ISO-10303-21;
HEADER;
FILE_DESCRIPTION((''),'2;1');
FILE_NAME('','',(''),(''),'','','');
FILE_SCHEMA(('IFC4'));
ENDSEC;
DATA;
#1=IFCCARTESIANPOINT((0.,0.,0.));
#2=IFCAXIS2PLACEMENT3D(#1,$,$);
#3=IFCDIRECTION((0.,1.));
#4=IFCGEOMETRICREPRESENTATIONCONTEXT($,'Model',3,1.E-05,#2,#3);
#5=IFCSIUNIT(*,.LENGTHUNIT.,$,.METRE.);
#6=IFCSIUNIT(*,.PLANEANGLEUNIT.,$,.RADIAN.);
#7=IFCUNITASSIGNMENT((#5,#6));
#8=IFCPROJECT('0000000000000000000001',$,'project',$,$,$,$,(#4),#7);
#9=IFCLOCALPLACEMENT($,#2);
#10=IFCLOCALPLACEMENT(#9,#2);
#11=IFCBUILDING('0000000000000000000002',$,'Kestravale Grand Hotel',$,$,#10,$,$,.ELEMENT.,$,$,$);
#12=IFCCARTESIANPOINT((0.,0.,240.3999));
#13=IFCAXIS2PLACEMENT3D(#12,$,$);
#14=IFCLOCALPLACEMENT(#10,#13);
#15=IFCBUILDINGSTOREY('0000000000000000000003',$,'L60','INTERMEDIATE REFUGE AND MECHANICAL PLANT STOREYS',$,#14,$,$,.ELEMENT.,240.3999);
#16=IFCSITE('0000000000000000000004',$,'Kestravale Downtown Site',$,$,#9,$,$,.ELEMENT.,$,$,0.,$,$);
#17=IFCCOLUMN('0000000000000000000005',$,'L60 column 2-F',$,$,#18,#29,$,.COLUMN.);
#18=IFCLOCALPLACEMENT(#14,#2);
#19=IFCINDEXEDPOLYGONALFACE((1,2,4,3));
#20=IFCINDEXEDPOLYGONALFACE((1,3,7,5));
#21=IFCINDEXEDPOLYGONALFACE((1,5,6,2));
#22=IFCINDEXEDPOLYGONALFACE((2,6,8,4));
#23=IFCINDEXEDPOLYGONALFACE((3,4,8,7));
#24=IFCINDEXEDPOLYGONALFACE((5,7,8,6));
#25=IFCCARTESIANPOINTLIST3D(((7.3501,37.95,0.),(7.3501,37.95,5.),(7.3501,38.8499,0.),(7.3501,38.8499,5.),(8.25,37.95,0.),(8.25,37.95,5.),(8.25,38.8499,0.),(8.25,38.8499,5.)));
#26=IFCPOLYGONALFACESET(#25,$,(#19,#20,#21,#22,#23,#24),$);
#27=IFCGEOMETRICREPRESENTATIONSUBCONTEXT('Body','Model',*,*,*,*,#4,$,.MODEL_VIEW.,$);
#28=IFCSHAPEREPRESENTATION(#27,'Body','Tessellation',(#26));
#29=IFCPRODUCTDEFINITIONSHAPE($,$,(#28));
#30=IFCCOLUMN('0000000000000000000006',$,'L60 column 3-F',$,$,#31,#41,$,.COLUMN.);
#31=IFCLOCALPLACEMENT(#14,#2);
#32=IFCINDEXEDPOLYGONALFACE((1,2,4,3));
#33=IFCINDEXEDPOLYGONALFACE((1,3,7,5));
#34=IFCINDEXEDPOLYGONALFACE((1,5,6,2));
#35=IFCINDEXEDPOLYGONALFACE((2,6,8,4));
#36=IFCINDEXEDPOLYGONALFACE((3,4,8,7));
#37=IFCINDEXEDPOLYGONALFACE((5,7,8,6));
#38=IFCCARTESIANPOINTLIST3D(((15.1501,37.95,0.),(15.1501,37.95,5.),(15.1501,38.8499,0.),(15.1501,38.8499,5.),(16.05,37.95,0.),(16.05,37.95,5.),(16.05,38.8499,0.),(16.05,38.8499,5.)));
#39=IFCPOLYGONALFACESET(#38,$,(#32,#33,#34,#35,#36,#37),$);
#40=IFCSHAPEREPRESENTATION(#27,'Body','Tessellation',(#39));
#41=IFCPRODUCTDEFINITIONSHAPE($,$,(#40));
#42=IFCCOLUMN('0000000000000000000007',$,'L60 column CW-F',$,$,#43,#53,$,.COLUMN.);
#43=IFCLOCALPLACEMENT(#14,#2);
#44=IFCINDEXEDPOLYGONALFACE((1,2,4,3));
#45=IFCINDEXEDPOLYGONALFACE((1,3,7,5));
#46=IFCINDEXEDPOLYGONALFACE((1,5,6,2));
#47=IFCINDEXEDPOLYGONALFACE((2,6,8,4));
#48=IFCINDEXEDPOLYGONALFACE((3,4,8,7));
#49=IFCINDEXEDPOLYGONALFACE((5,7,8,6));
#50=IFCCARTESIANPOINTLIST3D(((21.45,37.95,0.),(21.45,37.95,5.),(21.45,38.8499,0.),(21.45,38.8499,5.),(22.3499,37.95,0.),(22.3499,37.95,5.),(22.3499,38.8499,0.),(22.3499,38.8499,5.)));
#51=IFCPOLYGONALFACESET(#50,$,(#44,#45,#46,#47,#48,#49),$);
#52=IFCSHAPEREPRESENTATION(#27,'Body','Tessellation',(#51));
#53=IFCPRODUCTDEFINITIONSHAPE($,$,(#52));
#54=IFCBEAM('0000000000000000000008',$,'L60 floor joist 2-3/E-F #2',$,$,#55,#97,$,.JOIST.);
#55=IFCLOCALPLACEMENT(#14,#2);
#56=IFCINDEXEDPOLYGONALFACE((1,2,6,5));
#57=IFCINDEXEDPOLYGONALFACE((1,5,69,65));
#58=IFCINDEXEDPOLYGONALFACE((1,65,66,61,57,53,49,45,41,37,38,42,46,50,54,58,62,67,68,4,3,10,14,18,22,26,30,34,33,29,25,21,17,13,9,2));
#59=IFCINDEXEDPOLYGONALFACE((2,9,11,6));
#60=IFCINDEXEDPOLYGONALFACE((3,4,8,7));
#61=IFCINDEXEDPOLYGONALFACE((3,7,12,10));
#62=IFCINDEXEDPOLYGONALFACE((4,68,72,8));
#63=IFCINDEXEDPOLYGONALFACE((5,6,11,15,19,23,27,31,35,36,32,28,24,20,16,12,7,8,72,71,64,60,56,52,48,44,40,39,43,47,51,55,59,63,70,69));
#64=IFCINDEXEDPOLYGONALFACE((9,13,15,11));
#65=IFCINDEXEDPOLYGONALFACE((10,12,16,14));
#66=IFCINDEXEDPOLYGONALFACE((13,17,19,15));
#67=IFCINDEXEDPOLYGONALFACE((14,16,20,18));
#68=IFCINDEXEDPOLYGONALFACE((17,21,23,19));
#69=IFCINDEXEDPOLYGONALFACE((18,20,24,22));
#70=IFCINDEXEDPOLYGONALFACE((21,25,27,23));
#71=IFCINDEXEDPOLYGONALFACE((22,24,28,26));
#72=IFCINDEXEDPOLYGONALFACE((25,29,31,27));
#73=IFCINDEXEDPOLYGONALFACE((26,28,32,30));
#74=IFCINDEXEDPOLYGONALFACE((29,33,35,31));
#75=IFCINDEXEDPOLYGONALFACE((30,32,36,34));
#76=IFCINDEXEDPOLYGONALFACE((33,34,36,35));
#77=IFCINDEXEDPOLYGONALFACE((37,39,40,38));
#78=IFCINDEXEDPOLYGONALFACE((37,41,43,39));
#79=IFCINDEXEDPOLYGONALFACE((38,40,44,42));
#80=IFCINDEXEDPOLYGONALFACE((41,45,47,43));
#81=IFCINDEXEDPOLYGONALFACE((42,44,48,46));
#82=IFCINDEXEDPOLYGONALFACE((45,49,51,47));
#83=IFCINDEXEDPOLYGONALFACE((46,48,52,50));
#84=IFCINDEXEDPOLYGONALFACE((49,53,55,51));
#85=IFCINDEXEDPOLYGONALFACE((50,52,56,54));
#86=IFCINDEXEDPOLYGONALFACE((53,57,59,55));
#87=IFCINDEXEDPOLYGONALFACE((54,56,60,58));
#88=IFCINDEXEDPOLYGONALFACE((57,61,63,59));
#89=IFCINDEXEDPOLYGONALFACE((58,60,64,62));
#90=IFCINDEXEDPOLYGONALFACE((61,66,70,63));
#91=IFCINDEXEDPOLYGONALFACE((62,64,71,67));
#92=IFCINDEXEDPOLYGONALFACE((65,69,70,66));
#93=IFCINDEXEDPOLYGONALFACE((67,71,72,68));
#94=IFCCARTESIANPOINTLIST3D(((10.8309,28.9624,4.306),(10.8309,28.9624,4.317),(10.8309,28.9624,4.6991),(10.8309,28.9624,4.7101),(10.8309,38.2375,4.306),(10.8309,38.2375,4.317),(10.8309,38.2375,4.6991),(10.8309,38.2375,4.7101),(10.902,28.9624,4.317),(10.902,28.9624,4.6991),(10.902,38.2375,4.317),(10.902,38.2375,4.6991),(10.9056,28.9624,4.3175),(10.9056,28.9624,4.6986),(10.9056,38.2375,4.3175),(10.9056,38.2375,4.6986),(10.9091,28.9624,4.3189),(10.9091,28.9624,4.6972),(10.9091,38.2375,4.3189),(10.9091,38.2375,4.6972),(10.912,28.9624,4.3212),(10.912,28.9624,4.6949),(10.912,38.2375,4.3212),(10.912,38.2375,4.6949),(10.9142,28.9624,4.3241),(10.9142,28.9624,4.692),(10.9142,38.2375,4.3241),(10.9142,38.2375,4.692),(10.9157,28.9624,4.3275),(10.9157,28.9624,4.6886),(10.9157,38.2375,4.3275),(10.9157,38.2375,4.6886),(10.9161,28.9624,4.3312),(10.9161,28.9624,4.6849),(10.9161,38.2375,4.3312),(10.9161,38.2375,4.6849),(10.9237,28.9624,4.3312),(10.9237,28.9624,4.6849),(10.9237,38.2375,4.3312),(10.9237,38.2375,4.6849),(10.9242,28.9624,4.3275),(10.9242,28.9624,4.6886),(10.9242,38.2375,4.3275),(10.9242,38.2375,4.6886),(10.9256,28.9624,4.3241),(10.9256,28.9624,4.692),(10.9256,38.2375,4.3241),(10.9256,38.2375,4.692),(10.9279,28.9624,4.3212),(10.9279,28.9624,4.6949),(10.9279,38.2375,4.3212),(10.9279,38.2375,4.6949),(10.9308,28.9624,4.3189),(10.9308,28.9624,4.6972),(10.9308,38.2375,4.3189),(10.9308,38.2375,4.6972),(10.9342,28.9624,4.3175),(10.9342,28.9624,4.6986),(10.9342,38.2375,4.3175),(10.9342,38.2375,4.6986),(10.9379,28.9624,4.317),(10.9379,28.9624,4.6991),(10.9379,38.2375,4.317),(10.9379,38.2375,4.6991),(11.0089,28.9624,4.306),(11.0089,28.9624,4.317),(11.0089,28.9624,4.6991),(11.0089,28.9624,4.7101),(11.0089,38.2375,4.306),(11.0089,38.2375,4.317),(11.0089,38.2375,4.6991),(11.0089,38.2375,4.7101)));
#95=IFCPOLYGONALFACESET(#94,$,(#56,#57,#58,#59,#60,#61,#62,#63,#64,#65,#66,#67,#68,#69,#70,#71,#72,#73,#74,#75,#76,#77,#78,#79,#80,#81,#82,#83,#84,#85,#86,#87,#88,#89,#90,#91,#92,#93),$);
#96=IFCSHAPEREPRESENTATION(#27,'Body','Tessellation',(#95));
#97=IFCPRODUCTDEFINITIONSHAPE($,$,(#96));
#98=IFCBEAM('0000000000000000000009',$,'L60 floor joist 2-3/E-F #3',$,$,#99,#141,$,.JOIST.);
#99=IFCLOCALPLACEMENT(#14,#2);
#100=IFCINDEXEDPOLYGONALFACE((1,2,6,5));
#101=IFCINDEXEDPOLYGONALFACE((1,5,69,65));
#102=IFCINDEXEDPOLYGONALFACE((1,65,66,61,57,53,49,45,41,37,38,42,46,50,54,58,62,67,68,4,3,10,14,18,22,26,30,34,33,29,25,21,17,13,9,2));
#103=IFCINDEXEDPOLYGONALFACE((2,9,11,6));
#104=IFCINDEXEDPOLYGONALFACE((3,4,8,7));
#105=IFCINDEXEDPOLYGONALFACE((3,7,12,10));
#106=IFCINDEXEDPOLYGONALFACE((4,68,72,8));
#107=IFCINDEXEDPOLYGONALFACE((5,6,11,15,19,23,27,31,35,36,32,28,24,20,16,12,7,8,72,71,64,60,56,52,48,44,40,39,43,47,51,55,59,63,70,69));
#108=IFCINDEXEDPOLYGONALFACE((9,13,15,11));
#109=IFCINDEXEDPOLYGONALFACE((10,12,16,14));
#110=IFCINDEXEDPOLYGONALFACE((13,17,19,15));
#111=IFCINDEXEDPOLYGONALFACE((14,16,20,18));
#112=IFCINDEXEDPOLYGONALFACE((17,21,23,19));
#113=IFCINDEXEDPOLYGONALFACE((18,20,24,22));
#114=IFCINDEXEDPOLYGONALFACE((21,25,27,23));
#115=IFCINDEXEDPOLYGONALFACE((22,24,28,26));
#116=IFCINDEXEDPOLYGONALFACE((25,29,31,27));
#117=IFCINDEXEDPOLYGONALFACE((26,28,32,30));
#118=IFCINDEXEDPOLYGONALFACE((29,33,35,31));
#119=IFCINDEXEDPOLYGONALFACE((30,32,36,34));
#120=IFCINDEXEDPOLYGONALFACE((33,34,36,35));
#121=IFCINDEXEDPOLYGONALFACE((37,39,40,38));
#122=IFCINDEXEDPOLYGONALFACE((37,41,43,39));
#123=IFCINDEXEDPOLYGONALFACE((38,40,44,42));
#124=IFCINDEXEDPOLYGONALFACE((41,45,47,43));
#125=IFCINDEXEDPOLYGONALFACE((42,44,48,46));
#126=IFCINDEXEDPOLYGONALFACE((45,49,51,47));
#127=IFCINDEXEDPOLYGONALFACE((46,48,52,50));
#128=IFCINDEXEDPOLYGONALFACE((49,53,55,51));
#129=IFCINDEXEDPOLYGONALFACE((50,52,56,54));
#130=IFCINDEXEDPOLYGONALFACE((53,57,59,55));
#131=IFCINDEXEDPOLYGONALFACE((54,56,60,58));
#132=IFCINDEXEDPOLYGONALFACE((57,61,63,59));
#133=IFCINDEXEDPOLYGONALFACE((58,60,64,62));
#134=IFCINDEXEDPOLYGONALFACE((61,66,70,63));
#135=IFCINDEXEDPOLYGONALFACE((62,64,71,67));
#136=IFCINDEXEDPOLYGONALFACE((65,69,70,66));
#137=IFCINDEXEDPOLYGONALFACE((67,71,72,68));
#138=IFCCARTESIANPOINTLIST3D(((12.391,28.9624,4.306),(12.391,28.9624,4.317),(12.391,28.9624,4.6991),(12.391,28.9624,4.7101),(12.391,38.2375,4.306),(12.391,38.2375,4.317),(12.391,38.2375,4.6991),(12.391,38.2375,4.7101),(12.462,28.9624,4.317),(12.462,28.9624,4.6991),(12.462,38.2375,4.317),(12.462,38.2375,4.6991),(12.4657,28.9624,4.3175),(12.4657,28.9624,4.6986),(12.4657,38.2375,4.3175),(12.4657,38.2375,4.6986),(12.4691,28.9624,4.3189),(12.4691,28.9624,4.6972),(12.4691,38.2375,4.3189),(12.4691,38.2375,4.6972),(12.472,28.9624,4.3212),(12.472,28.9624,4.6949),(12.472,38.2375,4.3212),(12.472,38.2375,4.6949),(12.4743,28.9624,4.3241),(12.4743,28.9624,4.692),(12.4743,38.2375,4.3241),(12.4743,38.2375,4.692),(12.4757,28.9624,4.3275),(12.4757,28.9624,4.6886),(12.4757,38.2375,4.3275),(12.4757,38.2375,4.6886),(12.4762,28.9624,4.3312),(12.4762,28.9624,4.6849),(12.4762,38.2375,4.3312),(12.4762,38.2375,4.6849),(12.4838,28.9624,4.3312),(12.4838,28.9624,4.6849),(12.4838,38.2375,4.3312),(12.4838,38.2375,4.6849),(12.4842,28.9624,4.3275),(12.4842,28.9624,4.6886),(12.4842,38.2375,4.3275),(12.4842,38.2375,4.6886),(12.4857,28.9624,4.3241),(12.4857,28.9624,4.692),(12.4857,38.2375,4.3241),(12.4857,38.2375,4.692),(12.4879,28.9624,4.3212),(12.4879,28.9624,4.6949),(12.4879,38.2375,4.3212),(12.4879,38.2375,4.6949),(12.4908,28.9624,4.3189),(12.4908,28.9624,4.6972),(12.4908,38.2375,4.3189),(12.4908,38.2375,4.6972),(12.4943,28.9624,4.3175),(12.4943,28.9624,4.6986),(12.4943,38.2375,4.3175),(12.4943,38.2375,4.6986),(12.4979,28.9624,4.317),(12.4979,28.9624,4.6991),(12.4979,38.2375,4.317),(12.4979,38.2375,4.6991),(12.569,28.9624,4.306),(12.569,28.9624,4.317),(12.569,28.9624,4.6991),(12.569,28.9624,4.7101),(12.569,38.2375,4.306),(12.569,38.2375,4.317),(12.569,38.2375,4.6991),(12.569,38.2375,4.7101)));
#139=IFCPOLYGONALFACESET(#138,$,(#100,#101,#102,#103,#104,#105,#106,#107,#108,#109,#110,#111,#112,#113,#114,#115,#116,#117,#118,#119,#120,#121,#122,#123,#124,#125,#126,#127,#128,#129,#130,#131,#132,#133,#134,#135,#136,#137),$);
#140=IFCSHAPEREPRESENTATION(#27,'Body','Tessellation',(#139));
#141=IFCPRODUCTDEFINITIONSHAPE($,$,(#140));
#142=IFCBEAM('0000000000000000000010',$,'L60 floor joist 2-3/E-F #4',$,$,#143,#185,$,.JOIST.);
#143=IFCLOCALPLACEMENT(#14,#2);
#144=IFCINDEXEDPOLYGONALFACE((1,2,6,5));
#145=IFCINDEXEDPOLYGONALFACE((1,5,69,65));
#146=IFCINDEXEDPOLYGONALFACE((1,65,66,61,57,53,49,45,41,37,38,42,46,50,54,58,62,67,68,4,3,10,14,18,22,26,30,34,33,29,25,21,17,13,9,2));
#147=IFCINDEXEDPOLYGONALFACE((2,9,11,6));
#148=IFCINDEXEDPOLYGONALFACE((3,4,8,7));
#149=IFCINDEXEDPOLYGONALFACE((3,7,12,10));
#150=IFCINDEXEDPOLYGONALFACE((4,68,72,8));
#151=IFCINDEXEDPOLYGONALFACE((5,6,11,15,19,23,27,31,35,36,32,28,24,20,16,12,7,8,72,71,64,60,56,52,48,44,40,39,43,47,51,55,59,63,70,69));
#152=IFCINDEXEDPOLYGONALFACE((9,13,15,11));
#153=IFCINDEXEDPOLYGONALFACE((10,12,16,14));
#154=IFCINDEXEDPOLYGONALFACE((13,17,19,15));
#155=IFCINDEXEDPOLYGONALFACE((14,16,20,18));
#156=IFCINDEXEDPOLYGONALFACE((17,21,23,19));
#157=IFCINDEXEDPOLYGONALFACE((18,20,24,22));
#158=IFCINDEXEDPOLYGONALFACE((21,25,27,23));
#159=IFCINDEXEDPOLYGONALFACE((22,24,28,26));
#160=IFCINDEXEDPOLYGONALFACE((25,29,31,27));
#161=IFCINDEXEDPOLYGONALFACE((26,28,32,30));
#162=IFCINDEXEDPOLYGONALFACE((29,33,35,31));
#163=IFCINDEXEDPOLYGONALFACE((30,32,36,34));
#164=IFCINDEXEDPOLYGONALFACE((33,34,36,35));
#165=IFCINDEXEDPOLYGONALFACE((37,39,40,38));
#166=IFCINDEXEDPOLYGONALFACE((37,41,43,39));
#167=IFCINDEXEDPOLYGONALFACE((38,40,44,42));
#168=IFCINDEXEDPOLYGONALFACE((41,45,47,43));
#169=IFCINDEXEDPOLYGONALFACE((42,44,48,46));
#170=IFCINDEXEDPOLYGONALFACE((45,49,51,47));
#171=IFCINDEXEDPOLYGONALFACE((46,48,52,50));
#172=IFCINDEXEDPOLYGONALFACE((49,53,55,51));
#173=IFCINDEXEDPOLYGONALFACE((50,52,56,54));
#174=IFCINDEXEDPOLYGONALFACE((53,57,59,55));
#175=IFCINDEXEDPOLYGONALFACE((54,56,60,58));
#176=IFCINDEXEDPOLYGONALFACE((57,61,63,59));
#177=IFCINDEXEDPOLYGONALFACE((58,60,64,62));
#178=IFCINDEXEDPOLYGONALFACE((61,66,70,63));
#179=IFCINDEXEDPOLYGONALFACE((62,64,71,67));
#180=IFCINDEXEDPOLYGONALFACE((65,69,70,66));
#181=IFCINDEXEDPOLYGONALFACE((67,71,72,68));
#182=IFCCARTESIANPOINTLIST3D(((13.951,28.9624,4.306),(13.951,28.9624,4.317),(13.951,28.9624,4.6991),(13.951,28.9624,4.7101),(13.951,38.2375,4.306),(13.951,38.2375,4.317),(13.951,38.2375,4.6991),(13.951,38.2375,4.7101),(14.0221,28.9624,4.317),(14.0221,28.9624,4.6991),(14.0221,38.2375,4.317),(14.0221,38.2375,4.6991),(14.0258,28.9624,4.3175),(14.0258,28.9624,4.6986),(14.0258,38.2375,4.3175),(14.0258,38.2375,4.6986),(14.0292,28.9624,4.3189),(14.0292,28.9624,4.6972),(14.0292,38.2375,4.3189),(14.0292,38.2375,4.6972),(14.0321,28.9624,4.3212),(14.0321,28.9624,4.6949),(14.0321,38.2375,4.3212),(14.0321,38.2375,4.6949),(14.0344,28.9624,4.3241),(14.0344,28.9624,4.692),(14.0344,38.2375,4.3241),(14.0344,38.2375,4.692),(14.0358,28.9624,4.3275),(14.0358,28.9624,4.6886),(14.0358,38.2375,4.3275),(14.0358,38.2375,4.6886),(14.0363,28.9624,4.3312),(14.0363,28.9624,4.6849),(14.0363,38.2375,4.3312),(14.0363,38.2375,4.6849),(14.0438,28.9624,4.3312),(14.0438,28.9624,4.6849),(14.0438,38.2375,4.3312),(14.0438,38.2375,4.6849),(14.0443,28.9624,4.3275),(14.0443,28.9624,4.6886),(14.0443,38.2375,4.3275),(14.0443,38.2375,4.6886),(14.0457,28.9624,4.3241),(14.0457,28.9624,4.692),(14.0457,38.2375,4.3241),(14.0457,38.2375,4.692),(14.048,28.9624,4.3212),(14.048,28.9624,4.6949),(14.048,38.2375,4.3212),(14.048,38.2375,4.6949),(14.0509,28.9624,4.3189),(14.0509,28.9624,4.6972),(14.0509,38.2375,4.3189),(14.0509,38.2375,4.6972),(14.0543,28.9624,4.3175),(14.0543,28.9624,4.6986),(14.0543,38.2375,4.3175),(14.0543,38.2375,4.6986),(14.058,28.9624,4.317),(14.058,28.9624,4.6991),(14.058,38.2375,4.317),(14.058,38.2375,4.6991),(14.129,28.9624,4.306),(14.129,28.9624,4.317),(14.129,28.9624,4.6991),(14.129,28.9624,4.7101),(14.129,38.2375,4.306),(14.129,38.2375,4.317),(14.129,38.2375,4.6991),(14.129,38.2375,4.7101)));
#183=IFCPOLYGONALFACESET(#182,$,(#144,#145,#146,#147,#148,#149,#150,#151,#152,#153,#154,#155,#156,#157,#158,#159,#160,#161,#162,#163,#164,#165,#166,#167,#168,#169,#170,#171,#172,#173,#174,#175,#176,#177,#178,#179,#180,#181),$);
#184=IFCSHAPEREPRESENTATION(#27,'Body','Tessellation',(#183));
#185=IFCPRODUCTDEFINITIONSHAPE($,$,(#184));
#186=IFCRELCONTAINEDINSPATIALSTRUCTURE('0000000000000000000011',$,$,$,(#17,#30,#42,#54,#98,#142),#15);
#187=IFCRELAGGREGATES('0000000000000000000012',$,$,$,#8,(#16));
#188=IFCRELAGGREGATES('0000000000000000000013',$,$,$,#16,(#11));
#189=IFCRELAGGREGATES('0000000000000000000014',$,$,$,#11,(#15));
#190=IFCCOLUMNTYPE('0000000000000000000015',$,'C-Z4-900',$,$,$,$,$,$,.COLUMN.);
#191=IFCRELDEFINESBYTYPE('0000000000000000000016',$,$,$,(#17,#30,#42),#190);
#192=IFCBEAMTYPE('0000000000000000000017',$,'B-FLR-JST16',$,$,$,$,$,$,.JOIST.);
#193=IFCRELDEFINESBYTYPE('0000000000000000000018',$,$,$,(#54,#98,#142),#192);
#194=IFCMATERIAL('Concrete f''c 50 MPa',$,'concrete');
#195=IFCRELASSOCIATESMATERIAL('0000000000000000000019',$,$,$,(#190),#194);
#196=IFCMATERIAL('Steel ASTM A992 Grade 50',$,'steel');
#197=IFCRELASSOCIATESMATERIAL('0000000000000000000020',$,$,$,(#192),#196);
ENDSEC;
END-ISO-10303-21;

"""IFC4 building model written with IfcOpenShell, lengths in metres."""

from ifc_helpers import new_model, si_unit, direction, frame, origin, origin_2d, place, context, subcontext, project, spatial, rectangle, i_section, extrude, material, material_profile, profile_set, type_object, element, save


model = new_model("IFC4")

# Units and contexts
model_context = context("Model", 3, precision=1e-05, world=origin(), true_north=direction((0.0, 1.0)))
body_context = subcontext(model_context, "Body", "Model", "MODEL_VIEW")
ifc_project = project(units=[si_unit("LENGTHUNIT", "METRE"), si_unit("PLANEANGLEUNIT", "RADIAN")], contexts=[model_context])

# Site, building, storey
site_placement = place(None, origin())
site = spatial("IfcSite", under=ifc_project, at=site_placement, Name="Kestravale Downtown Site", CompositionType="ELEMENT", RefElevation=0.0)
building_placement = place(site_placement, origin())
building = spatial("IfcBuilding", under=site, at=building_placement, Name="Kestravale Grand Hotel", CompositionType="ELEMENT")
storey_placement = place(building_placement, frame((0.0, 0.0, 240.3999)))
storey = spatial("IfcBuildingStorey", under=building, at=storey_placement, Name="L60", Description="INTERMEDIATE REFUGE AND MECHANICAL PLANT STOREYS", CompositionType="ELEMENT", Elevation=240.3999)

# Columns
ifc_material_1 = material(Name="Concrete f'c 50 MPa", Category="concrete")
ifc_material_profile_1 = material_profile(ifc_material_1, rectangle(XDim=0.8999, YDim=0.8999, at=origin_2d()))
ifc_profile_set_1 = profile_set([ifc_material_profile_1], Name="Concrete f'c 50 MPa")
column_type = type_object("IfcColumnType", Name="C-Z4-900", PredefinedType="COLUMN", material=ifc_profile_set_1)
for number, where, z_axis, x_axis, name in (
    (1, (7.8, 38.3999, 0.0), (0.0, 0.0, 1.0), (1.0, 0.0, 0.0), "L60 column 2-F"),
    (2, (15.6001, 38.3999, 0.0), (0.0, 0.0, 1.0), (1.0, 0.0, 0.0), "L60 column 3-F"),
    (3, (21.8999, 38.3999, 0.0), (0.0, 0.0, 1.0), (1.0, 0.0, 0.0), "L60 column CW-F"),
):
    element("IfcColumn", number, at=place(storey_placement, frame(where, z_axis=z_axis, x_axis=x_axis)), inside=storey, type_object=column_type, Name=name, PredefinedType="COLUMN", context=body_context, shape_type="SweptSolid", body=[
        extrude(rectangle(XDim=0.8999, YDim=0.8999, at=origin_2d()), origin(), (0.0, 0.0, 1.0), 5.0),
    ])

# Beams
ifc_material_2 = material(Name="Steel ASTM A992 Grade 50", Category="steel")
ifc_material_profile_2 = material_profile(ifc_material_2, i_section(OverallWidth=0.178, OverallDepth=0.4041, WebThickness=0.0076, FlangeThickness=0.011, FilletRadius=0.0142, at=origin_2d()))
ifc_profile_set_2 = profile_set([ifc_material_profile_2], Name="Steel ASTM A992 Grade 50")
beam_type_1 = type_object("IfcBeamType", Name="B-FLR-JST16", PredefinedType="JOIST", material=ifc_profile_set_2)
for number, where, z_axis, x_axis, name in (
    (4, (10.9199, 28.9624, 4.5081), (0.0, 1.0, 0.0), (-1.0, 0.0, 0.0), "L60 floor joist 2-3/E-F #2"),
    (5, (12.48, 28.9624, 4.5081), (0.0, 1.0, 0.0), (-1.0, 0.0, 0.0), "L60 floor joist 2-3/E-F #3"),
    (6, (14.04, 28.9624, 4.5081), (0.0, 1.0, 0.0), (-1.0, 0.0, 0.0), "L60 floor joist 2-3/E-F #4"),
):
    element("IfcBeam", number, at=place(storey_placement, frame(where, z_axis=z_axis, x_axis=x_axis)), inside=storey, type_object=beam_type_1, Name=name, PredefinedType="JOIST", context=body_context, shape_type="SweptSolid", body=[
        extrude(i_section(OverallWidth=0.178, OverallDepth=0.4041, WebThickness=0.0076, FlangeThickness=0.011, FilletRadius=0.0142, at=origin_2d()), origin(), (0.0, 0.0, 1.0), 9.2751),
    ])

save(model, "model.ifc")
